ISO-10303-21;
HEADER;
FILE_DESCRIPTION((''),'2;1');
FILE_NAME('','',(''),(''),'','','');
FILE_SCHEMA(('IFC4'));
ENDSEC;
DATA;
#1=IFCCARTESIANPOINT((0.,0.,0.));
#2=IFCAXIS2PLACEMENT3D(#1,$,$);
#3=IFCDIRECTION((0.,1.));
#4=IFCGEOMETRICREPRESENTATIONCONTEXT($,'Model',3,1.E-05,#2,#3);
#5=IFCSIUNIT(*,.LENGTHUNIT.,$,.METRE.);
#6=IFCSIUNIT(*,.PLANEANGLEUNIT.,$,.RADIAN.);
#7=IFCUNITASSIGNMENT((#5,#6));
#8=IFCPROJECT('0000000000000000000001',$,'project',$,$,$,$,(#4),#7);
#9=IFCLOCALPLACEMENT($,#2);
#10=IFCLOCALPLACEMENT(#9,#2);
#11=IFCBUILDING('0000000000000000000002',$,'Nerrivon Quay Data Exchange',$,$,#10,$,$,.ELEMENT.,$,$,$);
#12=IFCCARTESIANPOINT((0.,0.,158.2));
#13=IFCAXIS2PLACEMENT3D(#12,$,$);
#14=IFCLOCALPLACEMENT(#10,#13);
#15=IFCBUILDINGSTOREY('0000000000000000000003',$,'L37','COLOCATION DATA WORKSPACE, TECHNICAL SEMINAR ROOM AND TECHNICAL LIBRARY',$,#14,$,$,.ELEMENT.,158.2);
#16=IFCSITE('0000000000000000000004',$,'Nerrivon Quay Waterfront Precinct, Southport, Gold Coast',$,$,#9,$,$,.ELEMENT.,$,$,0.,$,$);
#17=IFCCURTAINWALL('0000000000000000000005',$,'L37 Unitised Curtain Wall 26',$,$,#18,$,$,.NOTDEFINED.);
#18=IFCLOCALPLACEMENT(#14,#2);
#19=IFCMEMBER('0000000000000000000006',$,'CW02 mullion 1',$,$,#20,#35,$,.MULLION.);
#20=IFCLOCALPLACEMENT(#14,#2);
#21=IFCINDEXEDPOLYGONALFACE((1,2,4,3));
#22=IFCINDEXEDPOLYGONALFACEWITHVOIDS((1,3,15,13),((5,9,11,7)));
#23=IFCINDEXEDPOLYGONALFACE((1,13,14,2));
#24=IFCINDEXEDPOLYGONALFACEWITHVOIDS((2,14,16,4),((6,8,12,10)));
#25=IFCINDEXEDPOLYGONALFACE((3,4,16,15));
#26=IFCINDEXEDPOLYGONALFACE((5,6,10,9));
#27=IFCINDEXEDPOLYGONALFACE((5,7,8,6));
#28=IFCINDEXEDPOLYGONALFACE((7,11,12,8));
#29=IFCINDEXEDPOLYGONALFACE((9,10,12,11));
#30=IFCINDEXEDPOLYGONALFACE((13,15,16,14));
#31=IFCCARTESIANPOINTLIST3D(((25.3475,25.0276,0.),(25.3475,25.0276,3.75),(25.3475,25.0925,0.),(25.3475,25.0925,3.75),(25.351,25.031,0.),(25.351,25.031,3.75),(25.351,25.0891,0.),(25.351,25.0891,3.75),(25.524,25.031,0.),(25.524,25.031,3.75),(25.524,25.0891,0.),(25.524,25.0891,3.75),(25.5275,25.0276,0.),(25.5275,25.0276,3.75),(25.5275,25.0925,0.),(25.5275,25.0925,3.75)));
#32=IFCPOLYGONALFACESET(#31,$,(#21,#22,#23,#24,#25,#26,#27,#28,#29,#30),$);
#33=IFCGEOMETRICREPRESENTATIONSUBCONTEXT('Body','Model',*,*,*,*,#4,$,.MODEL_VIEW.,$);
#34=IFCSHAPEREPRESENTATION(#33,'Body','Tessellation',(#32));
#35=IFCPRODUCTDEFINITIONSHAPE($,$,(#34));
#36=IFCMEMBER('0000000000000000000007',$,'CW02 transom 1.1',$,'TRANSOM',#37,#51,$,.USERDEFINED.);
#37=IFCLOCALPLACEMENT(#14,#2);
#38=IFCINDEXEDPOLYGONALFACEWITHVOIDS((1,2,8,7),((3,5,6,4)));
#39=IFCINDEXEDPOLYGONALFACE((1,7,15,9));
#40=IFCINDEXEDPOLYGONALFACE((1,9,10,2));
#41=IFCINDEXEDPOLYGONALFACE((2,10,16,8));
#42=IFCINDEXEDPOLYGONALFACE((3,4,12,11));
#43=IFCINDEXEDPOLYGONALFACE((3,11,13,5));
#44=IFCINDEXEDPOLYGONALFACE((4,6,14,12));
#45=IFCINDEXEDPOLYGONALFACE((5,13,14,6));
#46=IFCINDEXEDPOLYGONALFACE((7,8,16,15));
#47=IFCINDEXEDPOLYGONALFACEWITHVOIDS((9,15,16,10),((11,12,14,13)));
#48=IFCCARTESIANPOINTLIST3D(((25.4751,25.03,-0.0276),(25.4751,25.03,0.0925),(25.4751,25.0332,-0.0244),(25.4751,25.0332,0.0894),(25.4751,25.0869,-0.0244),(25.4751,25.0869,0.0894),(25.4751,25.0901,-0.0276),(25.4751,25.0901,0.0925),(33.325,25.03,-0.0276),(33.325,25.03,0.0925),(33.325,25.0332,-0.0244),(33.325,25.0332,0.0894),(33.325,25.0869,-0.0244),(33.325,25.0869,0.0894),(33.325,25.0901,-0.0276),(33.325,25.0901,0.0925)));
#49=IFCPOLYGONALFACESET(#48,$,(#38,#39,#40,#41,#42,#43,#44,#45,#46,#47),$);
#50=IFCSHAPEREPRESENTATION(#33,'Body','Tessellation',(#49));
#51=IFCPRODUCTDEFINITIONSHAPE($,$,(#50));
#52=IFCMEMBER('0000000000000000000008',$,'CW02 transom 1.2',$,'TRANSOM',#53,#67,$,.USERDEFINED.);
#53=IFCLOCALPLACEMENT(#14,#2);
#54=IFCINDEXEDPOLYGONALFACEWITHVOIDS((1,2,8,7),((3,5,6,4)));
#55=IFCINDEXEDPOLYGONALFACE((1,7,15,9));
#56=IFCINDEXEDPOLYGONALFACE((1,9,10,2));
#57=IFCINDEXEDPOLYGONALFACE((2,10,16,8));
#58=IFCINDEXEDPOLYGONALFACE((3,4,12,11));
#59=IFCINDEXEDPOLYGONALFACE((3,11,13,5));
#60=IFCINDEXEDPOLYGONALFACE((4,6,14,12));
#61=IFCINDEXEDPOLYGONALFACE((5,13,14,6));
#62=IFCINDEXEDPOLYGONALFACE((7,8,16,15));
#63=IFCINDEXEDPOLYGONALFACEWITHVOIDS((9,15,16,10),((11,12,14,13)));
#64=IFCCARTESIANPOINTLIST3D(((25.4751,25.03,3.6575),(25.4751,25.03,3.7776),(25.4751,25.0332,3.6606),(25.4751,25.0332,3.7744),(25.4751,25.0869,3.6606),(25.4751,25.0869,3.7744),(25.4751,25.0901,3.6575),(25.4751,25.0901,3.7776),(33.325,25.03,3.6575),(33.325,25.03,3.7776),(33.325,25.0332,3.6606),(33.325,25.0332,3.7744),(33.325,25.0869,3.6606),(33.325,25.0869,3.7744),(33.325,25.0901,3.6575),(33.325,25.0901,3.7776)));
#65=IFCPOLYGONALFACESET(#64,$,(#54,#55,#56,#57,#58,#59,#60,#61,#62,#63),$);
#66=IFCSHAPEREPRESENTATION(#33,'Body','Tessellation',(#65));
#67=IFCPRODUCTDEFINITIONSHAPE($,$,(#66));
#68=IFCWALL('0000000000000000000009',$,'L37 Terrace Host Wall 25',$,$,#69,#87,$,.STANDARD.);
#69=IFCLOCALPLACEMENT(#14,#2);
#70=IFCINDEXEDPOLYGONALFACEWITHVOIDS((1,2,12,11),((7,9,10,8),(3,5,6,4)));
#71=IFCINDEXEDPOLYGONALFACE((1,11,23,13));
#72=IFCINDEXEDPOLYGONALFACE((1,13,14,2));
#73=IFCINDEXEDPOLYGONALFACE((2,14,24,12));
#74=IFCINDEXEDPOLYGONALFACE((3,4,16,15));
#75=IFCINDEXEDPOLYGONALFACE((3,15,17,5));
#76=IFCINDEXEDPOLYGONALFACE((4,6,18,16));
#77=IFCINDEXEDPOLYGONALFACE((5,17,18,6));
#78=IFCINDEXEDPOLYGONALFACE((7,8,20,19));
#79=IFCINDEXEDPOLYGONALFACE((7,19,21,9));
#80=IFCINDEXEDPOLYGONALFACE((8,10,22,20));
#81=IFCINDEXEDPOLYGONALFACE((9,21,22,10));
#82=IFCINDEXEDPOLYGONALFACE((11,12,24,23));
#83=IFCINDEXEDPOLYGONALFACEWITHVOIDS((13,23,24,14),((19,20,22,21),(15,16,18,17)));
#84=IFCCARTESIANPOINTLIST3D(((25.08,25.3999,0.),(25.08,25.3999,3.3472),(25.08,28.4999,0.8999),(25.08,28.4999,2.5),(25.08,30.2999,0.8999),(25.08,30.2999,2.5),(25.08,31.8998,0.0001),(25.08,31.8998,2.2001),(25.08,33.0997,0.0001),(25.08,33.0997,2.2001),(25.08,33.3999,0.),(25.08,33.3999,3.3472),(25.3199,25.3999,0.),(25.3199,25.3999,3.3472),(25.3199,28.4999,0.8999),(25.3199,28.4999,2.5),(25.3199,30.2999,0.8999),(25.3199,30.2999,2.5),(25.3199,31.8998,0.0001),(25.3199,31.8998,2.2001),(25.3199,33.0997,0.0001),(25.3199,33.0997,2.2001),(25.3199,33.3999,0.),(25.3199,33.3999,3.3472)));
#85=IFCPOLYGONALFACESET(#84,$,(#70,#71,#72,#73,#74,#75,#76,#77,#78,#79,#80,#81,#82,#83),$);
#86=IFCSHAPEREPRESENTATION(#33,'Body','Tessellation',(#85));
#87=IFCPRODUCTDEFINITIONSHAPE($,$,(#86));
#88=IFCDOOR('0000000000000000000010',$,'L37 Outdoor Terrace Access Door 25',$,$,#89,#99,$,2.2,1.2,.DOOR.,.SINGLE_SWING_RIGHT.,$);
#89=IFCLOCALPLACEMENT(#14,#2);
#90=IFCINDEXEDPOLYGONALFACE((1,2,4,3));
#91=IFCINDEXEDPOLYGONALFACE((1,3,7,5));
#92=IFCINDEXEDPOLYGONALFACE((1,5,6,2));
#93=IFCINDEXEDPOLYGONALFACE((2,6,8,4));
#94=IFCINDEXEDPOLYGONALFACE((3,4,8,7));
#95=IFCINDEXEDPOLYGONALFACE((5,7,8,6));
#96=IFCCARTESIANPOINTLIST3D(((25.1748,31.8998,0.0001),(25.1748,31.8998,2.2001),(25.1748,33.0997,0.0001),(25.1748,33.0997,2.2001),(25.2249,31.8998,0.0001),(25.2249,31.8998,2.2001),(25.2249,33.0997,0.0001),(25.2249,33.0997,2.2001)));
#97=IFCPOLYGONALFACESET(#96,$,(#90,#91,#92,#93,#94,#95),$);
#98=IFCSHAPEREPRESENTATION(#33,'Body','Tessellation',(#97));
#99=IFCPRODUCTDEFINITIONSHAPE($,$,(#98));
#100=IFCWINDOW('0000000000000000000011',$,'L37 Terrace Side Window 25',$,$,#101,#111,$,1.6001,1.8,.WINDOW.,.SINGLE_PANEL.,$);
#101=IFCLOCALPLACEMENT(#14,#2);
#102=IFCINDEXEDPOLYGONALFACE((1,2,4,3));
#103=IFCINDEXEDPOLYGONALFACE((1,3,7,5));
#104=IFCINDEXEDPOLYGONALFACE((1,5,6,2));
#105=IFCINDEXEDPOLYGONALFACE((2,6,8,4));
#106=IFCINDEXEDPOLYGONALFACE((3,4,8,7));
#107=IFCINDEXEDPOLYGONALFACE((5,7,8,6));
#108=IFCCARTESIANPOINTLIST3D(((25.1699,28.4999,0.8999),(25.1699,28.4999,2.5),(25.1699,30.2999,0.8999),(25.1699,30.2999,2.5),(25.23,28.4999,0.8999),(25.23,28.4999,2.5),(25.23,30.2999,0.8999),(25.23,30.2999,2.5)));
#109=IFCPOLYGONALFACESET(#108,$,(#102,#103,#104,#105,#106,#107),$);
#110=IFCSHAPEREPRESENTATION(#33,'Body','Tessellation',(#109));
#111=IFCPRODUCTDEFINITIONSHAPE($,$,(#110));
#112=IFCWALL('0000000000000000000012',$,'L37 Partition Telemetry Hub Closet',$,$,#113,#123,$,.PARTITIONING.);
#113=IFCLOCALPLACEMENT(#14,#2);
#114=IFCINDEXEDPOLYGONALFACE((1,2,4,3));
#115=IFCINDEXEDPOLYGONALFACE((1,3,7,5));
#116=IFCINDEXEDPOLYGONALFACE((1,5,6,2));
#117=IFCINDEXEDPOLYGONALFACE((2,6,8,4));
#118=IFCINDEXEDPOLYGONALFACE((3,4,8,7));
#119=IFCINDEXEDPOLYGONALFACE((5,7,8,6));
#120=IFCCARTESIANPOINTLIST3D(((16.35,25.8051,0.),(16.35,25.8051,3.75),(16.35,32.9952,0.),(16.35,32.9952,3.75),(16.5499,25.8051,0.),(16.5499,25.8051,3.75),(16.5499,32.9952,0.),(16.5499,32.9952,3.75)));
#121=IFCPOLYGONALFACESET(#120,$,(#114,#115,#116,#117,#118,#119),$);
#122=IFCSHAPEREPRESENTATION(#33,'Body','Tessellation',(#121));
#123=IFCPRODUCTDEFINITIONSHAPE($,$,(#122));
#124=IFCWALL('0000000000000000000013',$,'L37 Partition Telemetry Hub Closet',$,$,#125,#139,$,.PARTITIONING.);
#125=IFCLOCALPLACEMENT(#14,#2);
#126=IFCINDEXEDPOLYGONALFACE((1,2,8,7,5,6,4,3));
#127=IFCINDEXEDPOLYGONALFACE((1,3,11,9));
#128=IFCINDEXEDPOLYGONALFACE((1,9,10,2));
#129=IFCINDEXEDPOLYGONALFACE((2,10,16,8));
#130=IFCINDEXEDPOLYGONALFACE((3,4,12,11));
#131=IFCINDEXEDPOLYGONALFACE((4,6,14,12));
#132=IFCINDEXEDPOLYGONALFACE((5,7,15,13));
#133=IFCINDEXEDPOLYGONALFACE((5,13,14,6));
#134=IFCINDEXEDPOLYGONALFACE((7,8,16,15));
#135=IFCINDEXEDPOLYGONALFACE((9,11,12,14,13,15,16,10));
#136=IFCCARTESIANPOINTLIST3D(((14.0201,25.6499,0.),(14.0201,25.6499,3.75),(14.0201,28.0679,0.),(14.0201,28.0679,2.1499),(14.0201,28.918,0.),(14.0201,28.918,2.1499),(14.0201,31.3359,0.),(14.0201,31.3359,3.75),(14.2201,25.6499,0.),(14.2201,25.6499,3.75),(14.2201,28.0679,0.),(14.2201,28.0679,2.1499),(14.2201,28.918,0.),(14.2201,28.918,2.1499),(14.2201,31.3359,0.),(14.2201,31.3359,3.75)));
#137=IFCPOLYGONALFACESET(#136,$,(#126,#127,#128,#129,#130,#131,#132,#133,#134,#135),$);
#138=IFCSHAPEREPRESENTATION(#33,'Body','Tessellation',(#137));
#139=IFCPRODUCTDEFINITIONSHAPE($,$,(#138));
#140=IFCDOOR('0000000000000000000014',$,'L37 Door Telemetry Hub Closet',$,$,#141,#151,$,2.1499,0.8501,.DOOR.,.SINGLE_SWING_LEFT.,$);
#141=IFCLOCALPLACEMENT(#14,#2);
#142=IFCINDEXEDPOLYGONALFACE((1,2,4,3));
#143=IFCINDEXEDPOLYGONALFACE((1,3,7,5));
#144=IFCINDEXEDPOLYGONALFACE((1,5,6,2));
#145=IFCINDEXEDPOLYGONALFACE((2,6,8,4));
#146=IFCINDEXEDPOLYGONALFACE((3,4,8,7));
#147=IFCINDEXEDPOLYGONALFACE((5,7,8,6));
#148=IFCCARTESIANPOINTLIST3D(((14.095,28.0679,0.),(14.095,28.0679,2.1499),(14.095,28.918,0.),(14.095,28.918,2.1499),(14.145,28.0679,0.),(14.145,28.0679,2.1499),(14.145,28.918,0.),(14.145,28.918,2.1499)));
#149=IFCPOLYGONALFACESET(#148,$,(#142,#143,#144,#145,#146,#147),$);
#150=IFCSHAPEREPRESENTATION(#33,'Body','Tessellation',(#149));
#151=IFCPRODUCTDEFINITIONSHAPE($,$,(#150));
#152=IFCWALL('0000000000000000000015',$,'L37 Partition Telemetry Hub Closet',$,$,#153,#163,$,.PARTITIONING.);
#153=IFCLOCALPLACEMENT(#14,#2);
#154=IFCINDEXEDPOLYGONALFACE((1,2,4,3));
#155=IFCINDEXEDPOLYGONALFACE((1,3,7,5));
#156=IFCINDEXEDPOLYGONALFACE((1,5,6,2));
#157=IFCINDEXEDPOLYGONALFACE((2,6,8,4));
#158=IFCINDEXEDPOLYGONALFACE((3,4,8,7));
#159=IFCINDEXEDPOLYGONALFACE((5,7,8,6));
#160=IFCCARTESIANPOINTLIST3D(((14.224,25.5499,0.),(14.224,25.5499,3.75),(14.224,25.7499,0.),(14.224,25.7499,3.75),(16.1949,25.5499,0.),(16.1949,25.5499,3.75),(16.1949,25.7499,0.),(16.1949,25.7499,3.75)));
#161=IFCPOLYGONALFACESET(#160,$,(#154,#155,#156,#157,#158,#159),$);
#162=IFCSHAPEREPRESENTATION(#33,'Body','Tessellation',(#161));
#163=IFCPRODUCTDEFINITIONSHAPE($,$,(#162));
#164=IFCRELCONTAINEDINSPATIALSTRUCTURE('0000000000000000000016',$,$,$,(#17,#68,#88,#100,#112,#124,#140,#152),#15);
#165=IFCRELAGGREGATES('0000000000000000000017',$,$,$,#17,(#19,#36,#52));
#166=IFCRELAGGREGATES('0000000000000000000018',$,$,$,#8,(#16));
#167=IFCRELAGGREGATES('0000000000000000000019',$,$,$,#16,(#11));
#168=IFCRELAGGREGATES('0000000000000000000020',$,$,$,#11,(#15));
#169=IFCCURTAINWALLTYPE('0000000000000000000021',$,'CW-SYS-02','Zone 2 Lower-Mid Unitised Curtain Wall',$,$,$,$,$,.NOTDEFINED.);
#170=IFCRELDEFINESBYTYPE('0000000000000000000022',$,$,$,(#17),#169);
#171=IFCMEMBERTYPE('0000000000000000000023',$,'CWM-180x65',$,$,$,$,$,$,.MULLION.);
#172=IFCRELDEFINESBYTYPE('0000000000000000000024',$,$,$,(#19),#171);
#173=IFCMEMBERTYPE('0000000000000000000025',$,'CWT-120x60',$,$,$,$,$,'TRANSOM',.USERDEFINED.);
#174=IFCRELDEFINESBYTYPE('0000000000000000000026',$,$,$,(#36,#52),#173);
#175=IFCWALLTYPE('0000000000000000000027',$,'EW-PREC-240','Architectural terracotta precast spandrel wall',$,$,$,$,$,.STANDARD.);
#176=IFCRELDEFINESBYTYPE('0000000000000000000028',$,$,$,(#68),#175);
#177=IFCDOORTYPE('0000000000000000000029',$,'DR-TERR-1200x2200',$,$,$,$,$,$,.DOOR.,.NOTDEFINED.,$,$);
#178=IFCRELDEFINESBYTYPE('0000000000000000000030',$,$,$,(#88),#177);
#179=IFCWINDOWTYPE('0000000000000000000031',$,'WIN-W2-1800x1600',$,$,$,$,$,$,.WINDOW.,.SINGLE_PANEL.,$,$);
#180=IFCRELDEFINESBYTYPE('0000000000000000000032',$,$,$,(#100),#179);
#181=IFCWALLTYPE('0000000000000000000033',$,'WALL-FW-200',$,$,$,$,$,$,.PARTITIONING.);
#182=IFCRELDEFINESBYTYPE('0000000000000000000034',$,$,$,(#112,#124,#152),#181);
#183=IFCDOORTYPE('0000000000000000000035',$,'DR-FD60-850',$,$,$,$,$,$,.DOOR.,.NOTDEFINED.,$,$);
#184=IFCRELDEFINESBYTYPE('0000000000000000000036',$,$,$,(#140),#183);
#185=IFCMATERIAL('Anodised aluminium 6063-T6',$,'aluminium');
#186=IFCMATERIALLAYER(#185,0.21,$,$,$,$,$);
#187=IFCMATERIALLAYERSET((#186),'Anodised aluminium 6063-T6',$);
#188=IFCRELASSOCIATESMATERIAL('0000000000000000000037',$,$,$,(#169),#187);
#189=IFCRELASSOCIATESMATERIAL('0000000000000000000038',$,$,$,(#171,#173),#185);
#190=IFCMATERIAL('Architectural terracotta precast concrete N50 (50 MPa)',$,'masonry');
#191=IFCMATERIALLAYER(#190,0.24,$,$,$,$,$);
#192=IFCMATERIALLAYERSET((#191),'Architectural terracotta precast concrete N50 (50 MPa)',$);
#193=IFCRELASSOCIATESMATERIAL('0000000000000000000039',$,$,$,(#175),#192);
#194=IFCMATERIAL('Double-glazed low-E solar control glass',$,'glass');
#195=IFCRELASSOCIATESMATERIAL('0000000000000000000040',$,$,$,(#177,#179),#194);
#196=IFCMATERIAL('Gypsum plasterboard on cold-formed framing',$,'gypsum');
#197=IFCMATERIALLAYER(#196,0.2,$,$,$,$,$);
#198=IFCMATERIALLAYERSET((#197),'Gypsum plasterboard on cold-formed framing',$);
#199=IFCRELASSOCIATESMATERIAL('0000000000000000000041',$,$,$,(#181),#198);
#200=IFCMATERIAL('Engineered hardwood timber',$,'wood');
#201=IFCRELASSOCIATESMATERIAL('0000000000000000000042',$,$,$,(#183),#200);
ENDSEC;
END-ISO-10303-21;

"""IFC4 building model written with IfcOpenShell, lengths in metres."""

from ifc_helpers import new_model, si_unit, direction, frame, frame_2d, origin, origin_2d, place, context, subcontext, project, spatial, rectangle, hollow_rectangle, extrude, material, layer, layer_set, material_profile, profile_set, type_object, element, fill, aggregate, save


model = new_model("IFC4")

# Units and contexts
model_context = context("Model", 3, precision=1e-05, world=origin(), true_north=direction((0.0, 1.0)))
body_context = subcontext(model_context, "Body", "Model", "MODEL_VIEW")
ifc_project = project(units=[si_unit("LENGTHUNIT", "METRE"), si_unit("PLANEANGLEUNIT", "RADIAN")], contexts=[model_context])

# Site, building, storey
site_placement = place(None, origin())
site = spatial("IfcSite", under=ifc_project, at=site_placement, Name="Nerrivon Quay Waterfront Precinct, Southport, Gold Coast", CompositionType="ELEMENT", RefElevation=0.0)
building_placement = place(site_placement, origin())
building = spatial("IfcBuilding", under=site, at=building_placement, Name="Nerrivon Quay Data Exchange", CompositionType="ELEMENT")
storey_placement = place(building_placement, frame((0.0, 0.0, 158.2)))
storey = spatial("IfcBuildingStorey", under=building, at=storey_placement, Name="L37", Description="COLOCATION DATA WORKSPACE, TECHNICAL SEMINAR ROOM AND TECHNICAL LIBRARY", CompositionType="ELEMENT", Elevation=158.2)

# Curtain wall, members
ifc_material_1 = material(Name="Anodised aluminium 6063-T6", Category="aluminium")
ifc_layer_1 = layer(ifc_material_1, 0.21)
ifc_layer_set_1 = layer_set([ifc_layer_1], Name="Anodised aluminium 6063-T6")
curtain_wall_type = type_object("IfcCurtainWallType", Name="CW-SYS-02", Description="Zone 2 Lower-Mid Unitised Curtain Wall", PredefinedType="NOTDEFINED", material=ifc_layer_set_1)
curtain_wall_placement = place(storey_placement, origin())
curtain_wall = element("IfcCurtainWall", 1, at=curtain_wall_placement, inside=storey, type_object=curtain_wall_type, Name="L37 Unitised Curtain Wall 26", PredefinedType="NOTDEFINED")
ifc_material_profile_1 = material_profile(ifc_material_1, hollow_rectangle(XDim=0.0649, YDim=0.1799, WallThickness=0.0034, at=origin_2d()), Name="ALU-MULL-180x65")
ifc_profile_set_1 = profile_set([ifc_material_profile_1], Name="Anodised aluminium 6063-T6")
member_type_1 = type_object("IfcMemberType", Name="CWM-180x65", PredefinedType="MULLION", material=ifc_profile_set_1)
member_1_placement = place(storey_placement, frame((25.4375, 25.0601, 0.0), z_axis=(0.0, 0.0, 1.0), x_axis=(0.0, 1.0, 0.0)))
member_1 = element("IfcMember", 2, at=member_1_placement, type_object=member_type_1, Name="CW02 mullion 1", PredefinedType="MULLION", context=body_context, shape_type="SweptSolid", body=[
    extrude(hollow_rectangle(XDim=0.0649, YDim=0.1799, WallThickness=0.0034, at=origin_2d()), origin(), (0.0, 0.0, 1.0), 3.75),
])
ifc_material_profile_2 = material_profile(ifc_material_1, hollow_rectangle(XDim=0.0601, YDim=0.1201, WallThickness=0.0032, at=origin_2d()), Name="ALU-TRAN-120x60")
ifc_profile_set_2 = profile_set([ifc_material_profile_2], Name="Anodised aluminium 6063-T6")
member_type_2 = type_object("IfcMemberType", Name="CWT-120x60", ElementType="TRANSOM", PredefinedType="USERDEFINED", material=ifc_profile_set_2)
member_2_placement = place(storey_placement, frame((25.4751, 25.0601, 0.0325), z_axis=(1.0, 0.0, 0.0), x_axis=(0.0, 1.0, 0.0)))
member_2 = element("IfcMember", 3, at=member_2_placement, type_object=member_type_2, Name="CW02 transom 1.1", ObjectType="TRANSOM", PredefinedType="USERDEFINED", context=body_context, shape_type="SweptSolid", body=[
    extrude(hollow_rectangle(XDim=0.0601, YDim=0.1201, WallThickness=0.0032, at=origin_2d()), origin(), (0.0, 0.0, 1.0), 7.8499),
])
member_3_placement = place(storey_placement, frame((25.4751, 25.0601, 3.7175), z_axis=(1.0, 0.0, 0.0), x_axis=(0.0, 1.0, 0.0)))
member_3 = element("IfcMember", 4, at=member_3_placement, type_object=member_type_2, Name="CW02 transom 1.2", ObjectType="TRANSOM", PredefinedType="USERDEFINED", context=body_context, shape_type="SweptSolid", body=[
    extrude(hollow_rectangle(XDim=0.0601, YDim=0.1201, WallThickness=0.0032, at=origin_2d()), origin(), (0.0, 0.0, 1.0), 7.8499),
])
aggregate(curtain_wall, [member_1, member_2, member_3])

# Wall, openings, door, window
ifc_material_2 = material(Name="Architectural terracotta precast concrete N50 (50 MPa)", Category="masonry")
ifc_layer_2 = layer(ifc_material_2, 0.24)
ifc_layer_set_2 = layer_set([ifc_layer_2], Name="Architectural terracotta precast concrete N50 (50 MPa)")
wall_type_1 = type_object("IfcWallType", Name="EW-PREC-240", Description="Architectural terracotta precast spandrel wall", PredefinedType="STANDARD", material=ifc_layer_set_2)
wall_1_placement = place(storey_placement, frame((25.2, 33.3999, 0.0), z_axis=(0.0, 0.0, 1.0), x_axis=(0.0, -1.0, 0.0)))
wall_1 = element("IfcWall", 5, at=wall_1_placement, inside=storey, type_object=wall_type_1, Name="L37 Terrace Host Wall 25", PredefinedType="STANDARD", context=body_context, shape_type="SweptSolid", body=[
    extrude(rectangle(XDim=8.0, YDim=0.24, at=frame_2d((4.0, 0.0))), origin(), (0.0, 0.0, 1.0), 3.3472),
])
opening_1_placement = place(wall_1_placement, frame((0.3, 0.0, 0.0)))
opening_1 = element("IfcOpeningElement", 6, at=opening_1_placement, cuts=wall_1, PredefinedType="OPENING", context=body_context, shape_type="SweptSolid", body=[
    extrude(rectangle(XDim=1.2, YDim=2.2, at=frame_2d((0.6001, 1.1001))), frame((0.0, 0.1299, 0.0), z_axis=(0.0, -1.0, 0.0), x_axis=(1.0, 0.0, 0.0)), (0.0, 0.0, 1.0), 0.26),
])
opening_2_placement = place(wall_1_placement, frame((3.1001, 0.0, 0.8999)))
opening_2 = element("IfcOpeningElement", 7, at=opening_2_placement, cuts=wall_1, PredefinedType="OPENING", context=body_context, shape_type="SweptSolid", body=[
    extrude(rectangle(XDim=1.8, YDim=1.6001, at=frame_2d((0.8999, 0.8))), frame((0.0, 0.1299, 0.0), z_axis=(0.0, -1.0, 0.0), x_axis=(1.0, 0.0, 0.0)), (0.0, 0.0, 1.0), 0.26),
])
ifc_material_3 = material(Name="Double-glazed low-E solar control glass", Category="glass")
door_type_1 = type_object("IfcDoorType", Name="DR-TERR-1200x2200", OperationType="NOTDEFINED", PredefinedType="DOOR", material=ifc_material_3)
door_1_placement = place(opening_1_placement, origin())
door_1 = element("IfcDoor", 8, at=door_1_placement, inside=storey, type_object=door_type_1, Name="L37 Outdoor Terrace Access Door 25", OperationType="SINGLE_SWING_RIGHT", OverallHeight=2.2, OverallWidth=1.2, PredefinedType="DOOR", context=body_context, shape_type="SweptSolid", body=[
    extrude(rectangle(XDim=1.2, YDim=2.2, at=frame_2d((0.6001, 1.1001))), frame((0.0, 0.0249, 0.0), z_axis=(0.0, -1.0, 0.0), x_axis=(1.0, 0.0, 0.0)), (0.0, 0.0, 1.0), 0.05),
])
fill(opening_1, door_1)
window_type = type_object("IfcWindowType", Name="WIN-W2-1800x1600", PartitioningType="SINGLE_PANEL", PredefinedType="WINDOW", material=ifc_material_3)
window_placement = place(opening_2_placement, origin())
window = element("IfcWindow", 9, at=window_placement, inside=storey, type_object=window_type, Name="L37 Terrace Side Window 25", OverallHeight=1.6001, OverallWidth=1.8, PartitioningType="SINGLE_PANEL", PredefinedType="WINDOW", context=body_context, shape_type="SweptSolid", body=[
    extrude(rectangle(XDim=1.8, YDim=1.6001, at=frame_2d((0.8999, 0.8))), frame((0.0, 0.03, 0.0), z_axis=(0.0, -1.0, 0.0), x_axis=(1.0, 0.0, 0.0)), (0.0, 0.0, 1.0), 0.0601),
])
fill(opening_2, window)

# Wall
ifc_material_4 = material(Name="Gypsum plasterboard on cold-formed framing", Category="gypsum")
ifc_layer_3 = layer(ifc_material_4, 0.2)
ifc_layer_set_3 = layer_set([ifc_layer_3], Name="Gypsum plasterboard on cold-formed framing")
wall_type_2 = type_object("IfcWallType", Name="WALL-FW-200", PredefinedType="PARTITIONING", material=ifc_layer_set_3)
wall_2_placement = place(storey_placement, frame((16.45, 25.8049, 0.0), z_axis=(0.0, 0.0, 1.0), x_axis=(0.0, 1.0, 0.0)))
element("IfcWall", 10, at=wall_2_placement, inside=storey, type_object=wall_type_2, Name="L37 Partition Telemetry Hub Closet", PredefinedType="PARTITIONING", context=body_context, shape_type="SweptSolid", body=[
    extrude(rectangle(XDim=7.1902, YDim=0.2, at=frame_2d((3.5952, 0.0))), origin(), (0.0, 0.0, 1.0), 3.75),
])

# Wall, opening, door
wall_3_placement = place(storey_placement, frame((14.1201, 31.3359, 0.0), z_axis=(0.0, 0.0, 1.0), x_axis=(0.0, -1.0, 0.0)))
wall_3 = element("IfcWall", 11, at=wall_3_placement, inside=storey, type_object=wall_type_2, Name="L37 Partition Telemetry Hub Closet", PredefinedType="PARTITIONING", context=body_context, shape_type="SweptSolid", body=[
    extrude(rectangle(XDim=5.686, YDim=0.2, at=frame_2d((2.843, 0.0))), origin(), (0.0, 0.0, 1.0), 3.75),
])
opening_3_placement = place(wall_3_placement, frame((2.418, 0.0, 0.0)))
opening_3 = element("IfcOpeningElement", 12, at=opening_3_placement, cuts=wall_3, PredefinedType="OPENING", context=body_context, shape_type="SweptSolid", body=[
    extrude(rectangle(XDim=0.8501, YDim=2.1499, at=frame_2d((0.425, 1.075))), frame((0.0, 0.1099, 0.0), z_axis=(0.0, -1.0, 0.0), x_axis=(1.0, 0.0, 0.0)), (0.0, 0.0, 1.0), 0.22),
])
ifc_material_5 = material(Name="Engineered hardwood timber", Category="wood")
door_type_2 = type_object("IfcDoorType", Name="DR-FD60-850", OperationType="NOTDEFINED", PredefinedType="DOOR", material=ifc_material_5)
door_2_placement = place(opening_3_placement, origin())
door_2 = element("IfcDoor", 13, at=door_2_placement, inside=storey, type_object=door_type_2, Name="L37 Door Telemetry Hub Closet", OperationType="SINGLE_SWING_LEFT", OverallHeight=2.1499, OverallWidth=0.8501, PredefinedType="DOOR", context=body_context, shape_type="SweptSolid", body=[
    extrude(rectangle(XDim=0.8501, YDim=2.1499, at=frame_2d((0.425, 1.075))), frame((0.0, 0.0249, 0.0), z_axis=(0.0, -1.0, 0.0), x_axis=(1.0, 0.0, 0.0)), (0.0, 0.0, 1.0), 0.05),
])
fill(opening_3, door_2)

# Wall
wall_4_placement = place(storey_placement, frame((14.2241, 25.6499, 0.0), z_axis=(0.0, 0.0, 1.0), x_axis=(1.0, 0.0, 0.0)))
element("IfcWall", 14, at=wall_4_placement, inside=storey, type_object=wall_type_2, Name="L37 Partition Telemetry Hub Closet", PredefinedType="PARTITIONING", context=body_context, shape_type="SweptSolid", body=[
    extrude(rectangle(XDim=1.9709, YDim=0.2, at=frame_2d((0.9854, 0.0))), origin(), (0.0, 0.0, 1.0), 3.75),
])

save(model, "model.ifc")
